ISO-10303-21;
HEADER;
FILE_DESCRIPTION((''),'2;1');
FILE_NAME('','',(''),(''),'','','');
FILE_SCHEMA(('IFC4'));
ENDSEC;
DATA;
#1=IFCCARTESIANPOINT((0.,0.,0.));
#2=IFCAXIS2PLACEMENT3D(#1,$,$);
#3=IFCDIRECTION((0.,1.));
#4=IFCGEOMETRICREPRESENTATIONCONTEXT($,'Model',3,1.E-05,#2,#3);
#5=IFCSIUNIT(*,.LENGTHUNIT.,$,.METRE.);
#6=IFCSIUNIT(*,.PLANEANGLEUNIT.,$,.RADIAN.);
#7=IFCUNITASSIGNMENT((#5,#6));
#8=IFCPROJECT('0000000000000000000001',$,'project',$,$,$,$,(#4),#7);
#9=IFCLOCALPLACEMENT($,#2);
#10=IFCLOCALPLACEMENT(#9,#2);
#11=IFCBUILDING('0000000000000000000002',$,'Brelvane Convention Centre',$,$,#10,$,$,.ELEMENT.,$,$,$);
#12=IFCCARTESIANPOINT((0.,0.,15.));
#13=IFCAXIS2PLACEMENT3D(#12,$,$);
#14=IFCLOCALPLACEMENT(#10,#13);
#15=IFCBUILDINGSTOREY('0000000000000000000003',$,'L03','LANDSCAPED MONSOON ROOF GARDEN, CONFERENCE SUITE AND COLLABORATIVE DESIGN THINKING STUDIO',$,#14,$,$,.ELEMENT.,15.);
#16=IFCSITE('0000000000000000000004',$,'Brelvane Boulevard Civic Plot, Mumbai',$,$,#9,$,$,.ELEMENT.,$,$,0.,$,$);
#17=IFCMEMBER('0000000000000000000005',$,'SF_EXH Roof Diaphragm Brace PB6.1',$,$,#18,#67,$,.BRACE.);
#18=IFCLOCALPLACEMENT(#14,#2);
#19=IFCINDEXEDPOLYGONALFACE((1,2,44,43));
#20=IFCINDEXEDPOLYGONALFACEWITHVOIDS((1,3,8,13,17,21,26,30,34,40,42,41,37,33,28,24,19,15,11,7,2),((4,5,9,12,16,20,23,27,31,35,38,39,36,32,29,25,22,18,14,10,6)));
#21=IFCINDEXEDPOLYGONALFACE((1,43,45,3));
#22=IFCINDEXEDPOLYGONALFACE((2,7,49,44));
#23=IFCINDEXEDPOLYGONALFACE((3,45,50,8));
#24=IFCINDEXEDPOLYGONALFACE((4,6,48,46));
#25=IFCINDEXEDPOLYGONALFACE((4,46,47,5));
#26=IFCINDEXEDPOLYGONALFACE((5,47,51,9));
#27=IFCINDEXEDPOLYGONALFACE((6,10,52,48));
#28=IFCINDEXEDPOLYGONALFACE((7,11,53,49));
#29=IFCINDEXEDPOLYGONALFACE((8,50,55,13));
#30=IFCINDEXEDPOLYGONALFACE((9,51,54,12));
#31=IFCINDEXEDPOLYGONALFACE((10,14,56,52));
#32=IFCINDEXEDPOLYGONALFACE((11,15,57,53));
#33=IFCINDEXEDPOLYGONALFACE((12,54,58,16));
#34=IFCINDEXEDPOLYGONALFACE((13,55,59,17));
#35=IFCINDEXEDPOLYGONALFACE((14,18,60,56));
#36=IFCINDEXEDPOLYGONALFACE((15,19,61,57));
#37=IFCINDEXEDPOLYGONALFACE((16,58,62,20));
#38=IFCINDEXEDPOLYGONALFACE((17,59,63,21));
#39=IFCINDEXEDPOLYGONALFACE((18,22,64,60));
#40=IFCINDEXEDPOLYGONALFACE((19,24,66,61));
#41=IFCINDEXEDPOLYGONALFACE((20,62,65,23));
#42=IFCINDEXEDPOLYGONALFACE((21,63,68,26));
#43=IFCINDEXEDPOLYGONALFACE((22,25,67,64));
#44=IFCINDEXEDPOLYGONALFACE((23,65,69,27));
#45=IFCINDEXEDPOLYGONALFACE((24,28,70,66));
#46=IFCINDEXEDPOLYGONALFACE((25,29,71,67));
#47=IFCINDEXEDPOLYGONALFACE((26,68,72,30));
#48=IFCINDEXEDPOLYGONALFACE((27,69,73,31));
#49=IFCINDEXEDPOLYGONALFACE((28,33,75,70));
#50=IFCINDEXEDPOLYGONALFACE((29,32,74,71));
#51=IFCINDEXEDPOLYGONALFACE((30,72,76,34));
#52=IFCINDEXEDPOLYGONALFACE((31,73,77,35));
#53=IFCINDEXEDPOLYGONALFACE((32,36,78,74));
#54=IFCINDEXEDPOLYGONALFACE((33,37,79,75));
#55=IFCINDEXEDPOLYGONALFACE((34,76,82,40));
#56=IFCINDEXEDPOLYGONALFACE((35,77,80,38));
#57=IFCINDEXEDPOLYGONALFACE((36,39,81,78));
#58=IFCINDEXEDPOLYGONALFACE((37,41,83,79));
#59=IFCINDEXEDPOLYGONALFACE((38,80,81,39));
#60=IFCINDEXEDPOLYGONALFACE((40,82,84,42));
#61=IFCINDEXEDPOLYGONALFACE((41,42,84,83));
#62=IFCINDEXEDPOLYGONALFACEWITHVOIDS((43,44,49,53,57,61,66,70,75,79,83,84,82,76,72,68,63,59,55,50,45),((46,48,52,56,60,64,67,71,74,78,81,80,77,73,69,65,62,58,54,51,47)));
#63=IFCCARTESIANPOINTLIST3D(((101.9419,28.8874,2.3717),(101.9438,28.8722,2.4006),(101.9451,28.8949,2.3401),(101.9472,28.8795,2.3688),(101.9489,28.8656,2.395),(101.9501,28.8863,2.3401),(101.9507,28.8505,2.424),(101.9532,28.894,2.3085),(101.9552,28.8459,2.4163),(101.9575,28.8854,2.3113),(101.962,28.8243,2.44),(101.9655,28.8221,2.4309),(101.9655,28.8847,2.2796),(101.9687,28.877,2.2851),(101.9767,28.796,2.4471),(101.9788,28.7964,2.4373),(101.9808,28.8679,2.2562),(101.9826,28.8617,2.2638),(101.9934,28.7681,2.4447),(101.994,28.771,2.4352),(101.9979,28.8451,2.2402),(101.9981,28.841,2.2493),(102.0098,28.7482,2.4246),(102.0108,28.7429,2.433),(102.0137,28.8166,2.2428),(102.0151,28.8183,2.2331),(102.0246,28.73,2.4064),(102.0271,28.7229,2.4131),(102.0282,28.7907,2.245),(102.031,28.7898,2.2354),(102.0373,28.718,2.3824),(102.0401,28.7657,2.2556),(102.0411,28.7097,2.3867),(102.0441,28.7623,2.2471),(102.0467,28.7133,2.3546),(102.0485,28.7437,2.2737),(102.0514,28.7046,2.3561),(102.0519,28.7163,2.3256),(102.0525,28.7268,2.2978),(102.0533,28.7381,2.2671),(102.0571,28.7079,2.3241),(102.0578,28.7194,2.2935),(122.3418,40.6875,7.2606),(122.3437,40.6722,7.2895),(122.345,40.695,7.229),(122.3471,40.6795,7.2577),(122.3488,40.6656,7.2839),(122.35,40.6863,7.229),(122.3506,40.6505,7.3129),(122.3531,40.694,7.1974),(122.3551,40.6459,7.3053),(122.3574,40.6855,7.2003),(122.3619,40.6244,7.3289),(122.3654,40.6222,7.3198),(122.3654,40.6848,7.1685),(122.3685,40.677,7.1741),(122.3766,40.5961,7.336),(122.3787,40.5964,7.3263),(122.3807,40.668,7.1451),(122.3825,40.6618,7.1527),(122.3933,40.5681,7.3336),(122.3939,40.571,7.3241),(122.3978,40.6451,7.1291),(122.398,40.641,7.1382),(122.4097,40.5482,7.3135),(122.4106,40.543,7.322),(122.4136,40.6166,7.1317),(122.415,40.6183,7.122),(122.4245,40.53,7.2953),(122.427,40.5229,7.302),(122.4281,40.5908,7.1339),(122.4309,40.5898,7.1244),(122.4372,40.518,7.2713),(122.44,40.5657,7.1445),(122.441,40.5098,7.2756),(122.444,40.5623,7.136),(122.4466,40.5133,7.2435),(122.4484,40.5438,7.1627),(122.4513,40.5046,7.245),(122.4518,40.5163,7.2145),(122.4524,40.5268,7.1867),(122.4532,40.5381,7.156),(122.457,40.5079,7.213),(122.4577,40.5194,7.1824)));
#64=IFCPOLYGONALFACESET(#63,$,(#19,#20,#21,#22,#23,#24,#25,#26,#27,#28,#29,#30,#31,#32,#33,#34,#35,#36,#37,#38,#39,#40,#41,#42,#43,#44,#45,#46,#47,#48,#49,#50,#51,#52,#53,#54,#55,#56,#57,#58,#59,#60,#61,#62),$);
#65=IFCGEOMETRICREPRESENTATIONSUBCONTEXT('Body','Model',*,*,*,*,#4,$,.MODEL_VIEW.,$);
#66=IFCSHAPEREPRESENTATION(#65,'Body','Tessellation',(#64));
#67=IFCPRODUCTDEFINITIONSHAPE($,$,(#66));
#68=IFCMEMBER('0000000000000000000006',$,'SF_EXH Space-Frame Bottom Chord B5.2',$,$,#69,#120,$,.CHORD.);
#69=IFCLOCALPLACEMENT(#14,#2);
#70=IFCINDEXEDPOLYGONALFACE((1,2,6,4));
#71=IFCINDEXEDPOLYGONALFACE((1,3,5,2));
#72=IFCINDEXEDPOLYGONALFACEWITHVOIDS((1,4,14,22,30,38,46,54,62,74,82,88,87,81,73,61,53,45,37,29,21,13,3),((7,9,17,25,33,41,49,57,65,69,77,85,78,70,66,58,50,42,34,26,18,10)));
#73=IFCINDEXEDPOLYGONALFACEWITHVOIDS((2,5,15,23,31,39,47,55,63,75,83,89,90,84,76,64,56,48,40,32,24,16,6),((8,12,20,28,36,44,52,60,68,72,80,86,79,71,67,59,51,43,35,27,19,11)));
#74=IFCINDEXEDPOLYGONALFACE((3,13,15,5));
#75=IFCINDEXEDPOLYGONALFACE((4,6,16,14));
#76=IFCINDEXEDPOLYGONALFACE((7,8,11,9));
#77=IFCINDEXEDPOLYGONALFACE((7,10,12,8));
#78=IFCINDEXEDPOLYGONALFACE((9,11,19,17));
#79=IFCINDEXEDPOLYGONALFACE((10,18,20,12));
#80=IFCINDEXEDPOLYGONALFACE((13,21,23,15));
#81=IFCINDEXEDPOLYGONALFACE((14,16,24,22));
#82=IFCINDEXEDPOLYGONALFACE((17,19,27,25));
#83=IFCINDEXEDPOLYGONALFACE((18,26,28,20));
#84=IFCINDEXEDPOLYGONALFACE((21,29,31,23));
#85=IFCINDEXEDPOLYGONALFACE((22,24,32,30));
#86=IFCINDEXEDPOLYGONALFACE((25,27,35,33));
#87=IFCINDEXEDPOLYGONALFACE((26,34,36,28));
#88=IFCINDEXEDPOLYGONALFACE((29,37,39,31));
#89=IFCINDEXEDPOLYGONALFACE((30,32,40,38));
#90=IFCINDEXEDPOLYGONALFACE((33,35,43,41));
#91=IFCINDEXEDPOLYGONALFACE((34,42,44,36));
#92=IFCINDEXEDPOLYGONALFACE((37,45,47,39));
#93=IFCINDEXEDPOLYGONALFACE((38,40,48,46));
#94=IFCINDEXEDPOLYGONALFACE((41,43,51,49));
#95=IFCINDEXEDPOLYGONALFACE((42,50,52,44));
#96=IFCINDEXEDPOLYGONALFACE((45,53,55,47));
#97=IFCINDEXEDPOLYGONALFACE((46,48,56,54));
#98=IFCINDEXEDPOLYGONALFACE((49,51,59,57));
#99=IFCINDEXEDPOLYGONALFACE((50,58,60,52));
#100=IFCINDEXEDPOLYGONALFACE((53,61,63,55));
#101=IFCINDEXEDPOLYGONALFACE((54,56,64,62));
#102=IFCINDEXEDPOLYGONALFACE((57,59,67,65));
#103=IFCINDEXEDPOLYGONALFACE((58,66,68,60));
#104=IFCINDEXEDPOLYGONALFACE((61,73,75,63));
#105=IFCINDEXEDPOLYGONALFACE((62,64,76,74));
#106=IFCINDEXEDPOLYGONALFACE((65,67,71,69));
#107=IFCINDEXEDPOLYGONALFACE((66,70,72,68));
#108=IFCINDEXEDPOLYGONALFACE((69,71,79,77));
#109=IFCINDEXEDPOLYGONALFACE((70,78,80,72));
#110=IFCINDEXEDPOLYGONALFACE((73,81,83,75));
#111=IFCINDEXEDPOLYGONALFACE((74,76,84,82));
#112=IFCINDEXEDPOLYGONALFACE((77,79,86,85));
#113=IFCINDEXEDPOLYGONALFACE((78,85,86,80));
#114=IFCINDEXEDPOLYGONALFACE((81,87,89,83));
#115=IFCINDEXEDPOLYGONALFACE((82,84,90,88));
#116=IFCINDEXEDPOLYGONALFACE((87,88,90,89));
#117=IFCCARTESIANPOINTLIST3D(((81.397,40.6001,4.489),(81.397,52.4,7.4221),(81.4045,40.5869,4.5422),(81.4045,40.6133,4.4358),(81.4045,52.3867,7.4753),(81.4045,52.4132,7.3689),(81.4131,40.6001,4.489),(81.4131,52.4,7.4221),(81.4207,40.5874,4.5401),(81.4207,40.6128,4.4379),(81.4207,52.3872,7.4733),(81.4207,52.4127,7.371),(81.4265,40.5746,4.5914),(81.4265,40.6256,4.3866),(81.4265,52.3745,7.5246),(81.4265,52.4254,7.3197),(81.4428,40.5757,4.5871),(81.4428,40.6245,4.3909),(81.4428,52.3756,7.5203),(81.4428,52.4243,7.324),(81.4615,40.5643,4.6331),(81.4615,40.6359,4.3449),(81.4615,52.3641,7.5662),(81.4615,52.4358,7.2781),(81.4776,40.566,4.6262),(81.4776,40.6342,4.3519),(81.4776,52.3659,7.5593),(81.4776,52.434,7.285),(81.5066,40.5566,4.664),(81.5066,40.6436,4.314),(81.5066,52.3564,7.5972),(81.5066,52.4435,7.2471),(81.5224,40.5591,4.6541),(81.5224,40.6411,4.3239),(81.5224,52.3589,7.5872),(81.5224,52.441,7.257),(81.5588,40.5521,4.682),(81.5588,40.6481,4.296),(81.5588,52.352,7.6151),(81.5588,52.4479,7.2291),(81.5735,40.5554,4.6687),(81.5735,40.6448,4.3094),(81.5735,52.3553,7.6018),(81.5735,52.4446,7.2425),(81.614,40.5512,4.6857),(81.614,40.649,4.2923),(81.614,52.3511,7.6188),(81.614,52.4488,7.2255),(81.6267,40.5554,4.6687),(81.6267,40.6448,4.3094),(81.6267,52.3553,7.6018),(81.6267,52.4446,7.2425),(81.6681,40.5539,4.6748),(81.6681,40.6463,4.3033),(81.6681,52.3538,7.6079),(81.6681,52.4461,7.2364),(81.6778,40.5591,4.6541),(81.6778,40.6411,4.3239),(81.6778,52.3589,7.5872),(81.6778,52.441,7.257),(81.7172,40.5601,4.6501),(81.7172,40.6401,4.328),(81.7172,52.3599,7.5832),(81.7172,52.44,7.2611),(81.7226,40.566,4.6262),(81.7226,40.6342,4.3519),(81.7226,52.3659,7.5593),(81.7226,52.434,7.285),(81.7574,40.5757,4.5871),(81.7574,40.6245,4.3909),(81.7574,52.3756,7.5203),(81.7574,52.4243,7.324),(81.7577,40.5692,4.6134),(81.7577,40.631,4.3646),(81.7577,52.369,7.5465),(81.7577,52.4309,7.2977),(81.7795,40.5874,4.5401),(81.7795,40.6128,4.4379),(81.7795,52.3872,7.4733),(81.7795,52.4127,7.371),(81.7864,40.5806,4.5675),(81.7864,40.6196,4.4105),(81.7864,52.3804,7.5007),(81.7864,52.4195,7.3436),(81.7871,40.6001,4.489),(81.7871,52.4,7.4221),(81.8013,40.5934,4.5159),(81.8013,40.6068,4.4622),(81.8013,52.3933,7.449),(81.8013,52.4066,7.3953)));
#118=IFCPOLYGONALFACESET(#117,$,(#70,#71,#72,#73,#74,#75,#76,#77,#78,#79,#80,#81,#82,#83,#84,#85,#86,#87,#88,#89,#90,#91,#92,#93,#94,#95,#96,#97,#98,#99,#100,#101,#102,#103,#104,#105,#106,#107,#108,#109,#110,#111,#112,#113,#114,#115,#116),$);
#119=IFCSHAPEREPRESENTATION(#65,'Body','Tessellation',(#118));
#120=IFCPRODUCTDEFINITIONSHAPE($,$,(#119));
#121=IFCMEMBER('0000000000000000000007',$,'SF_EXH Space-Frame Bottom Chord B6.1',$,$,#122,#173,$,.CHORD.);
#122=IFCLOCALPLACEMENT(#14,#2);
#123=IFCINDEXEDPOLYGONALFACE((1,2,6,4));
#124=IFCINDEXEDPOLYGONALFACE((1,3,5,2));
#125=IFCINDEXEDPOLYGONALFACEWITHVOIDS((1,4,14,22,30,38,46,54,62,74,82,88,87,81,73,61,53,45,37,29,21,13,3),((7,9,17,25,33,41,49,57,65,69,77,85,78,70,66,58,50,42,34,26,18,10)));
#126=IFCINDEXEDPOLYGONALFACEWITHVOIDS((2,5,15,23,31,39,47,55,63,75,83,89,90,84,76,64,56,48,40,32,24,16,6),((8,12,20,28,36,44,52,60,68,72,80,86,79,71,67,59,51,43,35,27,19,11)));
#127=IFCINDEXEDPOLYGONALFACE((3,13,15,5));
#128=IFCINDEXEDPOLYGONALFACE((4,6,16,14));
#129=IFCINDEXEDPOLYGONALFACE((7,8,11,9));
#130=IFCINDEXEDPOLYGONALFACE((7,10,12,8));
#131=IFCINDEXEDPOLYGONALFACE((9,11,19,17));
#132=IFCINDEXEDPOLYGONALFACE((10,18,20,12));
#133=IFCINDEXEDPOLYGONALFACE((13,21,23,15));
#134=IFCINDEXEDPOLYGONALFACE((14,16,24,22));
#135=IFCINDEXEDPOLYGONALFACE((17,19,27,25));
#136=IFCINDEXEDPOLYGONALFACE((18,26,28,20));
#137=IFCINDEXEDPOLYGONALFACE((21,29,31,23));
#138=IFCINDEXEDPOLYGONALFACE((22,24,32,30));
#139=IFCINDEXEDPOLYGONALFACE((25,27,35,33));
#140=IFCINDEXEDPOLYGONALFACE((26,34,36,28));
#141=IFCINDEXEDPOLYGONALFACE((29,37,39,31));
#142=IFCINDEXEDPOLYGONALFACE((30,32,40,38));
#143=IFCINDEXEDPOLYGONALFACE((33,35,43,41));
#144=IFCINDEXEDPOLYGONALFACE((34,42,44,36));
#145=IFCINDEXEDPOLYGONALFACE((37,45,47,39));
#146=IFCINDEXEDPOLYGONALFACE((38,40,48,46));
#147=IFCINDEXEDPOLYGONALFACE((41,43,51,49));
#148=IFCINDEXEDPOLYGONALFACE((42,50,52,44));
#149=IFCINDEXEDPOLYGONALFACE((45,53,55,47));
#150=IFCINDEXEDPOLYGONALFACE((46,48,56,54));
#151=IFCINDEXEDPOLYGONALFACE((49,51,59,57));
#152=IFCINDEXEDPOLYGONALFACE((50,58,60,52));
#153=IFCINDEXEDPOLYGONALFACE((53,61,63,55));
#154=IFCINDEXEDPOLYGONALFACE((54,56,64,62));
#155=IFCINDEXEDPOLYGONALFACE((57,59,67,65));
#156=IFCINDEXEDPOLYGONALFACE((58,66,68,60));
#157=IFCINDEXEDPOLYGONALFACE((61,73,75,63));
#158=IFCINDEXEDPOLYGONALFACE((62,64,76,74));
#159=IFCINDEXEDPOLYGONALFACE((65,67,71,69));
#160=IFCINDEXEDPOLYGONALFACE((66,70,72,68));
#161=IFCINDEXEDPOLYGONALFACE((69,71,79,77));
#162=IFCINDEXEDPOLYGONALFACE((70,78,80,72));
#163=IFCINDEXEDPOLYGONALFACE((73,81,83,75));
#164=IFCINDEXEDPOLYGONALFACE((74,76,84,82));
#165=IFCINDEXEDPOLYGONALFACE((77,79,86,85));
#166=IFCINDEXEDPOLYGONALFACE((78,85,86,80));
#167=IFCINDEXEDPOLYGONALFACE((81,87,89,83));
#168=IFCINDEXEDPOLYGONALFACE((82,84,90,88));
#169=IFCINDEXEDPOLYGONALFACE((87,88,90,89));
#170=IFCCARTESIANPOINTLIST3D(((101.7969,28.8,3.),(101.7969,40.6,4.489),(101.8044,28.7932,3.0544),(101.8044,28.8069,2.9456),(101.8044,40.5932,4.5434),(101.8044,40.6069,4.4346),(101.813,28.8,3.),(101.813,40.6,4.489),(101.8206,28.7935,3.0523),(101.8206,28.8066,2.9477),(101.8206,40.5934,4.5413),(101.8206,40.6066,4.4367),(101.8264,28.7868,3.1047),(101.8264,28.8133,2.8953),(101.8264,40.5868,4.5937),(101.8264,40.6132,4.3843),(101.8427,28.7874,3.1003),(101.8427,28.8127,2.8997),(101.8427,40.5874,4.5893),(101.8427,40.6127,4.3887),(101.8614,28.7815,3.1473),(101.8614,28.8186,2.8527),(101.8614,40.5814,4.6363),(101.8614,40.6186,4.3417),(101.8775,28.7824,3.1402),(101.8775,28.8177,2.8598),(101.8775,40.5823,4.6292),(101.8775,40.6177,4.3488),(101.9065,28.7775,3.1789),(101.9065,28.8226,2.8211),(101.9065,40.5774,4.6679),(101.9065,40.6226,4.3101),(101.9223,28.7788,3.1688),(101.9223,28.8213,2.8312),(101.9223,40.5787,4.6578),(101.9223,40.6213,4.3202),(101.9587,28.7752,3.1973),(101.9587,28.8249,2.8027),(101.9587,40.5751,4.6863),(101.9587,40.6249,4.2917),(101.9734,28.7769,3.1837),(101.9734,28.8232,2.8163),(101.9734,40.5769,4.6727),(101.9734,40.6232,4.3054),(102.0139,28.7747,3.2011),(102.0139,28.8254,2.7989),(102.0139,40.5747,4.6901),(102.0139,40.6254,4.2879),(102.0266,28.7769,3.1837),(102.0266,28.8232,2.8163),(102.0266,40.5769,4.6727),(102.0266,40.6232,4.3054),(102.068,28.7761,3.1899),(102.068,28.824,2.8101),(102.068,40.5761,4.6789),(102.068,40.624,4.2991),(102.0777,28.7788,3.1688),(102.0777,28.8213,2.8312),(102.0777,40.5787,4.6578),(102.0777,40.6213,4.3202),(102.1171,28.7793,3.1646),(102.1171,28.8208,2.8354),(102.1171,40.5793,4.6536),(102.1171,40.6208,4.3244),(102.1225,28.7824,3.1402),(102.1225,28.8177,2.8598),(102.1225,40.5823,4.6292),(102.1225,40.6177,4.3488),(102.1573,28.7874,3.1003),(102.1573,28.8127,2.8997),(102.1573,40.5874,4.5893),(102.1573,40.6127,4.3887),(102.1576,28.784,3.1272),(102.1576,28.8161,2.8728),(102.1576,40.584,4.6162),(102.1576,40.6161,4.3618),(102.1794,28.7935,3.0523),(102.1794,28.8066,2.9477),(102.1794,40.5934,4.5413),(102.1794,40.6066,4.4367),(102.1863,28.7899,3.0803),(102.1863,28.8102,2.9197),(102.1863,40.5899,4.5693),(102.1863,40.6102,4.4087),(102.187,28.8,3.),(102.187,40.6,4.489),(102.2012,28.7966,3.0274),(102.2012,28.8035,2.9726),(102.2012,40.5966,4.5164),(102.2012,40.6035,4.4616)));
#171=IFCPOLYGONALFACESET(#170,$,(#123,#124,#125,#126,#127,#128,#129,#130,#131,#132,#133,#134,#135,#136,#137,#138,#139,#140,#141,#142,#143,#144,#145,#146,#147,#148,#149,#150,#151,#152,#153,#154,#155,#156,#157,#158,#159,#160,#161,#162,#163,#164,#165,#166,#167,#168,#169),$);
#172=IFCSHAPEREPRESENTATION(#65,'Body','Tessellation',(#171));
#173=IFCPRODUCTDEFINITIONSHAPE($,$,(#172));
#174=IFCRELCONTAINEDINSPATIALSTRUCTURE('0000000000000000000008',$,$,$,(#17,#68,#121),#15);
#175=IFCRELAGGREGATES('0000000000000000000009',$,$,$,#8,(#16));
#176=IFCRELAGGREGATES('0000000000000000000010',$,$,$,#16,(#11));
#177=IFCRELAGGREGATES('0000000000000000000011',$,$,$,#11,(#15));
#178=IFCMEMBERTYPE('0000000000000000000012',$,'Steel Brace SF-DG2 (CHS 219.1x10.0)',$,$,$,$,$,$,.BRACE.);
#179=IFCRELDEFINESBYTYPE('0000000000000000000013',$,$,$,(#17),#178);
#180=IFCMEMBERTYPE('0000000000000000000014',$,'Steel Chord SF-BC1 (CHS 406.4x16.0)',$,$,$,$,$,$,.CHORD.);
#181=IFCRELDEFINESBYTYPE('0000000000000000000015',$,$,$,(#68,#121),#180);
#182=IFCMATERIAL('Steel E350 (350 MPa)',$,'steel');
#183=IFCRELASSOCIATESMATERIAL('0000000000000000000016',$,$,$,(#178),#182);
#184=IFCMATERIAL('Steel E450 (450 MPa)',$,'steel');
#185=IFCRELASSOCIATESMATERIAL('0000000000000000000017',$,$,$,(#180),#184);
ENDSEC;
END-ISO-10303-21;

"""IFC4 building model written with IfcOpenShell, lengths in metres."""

from ifc_helpers import new_model, si_unit, direction, frame, origin, origin_2d, place, context, subcontext, project, spatial, hollow_circle, extrude, material, material_profile, profile_set, type_object, element, save


model = new_model("IFC4")

# Units and contexts
model_context = context("Model", 3, precision=1e-05, world=origin(), true_north=direction((0.0, 1.0)))
body_context = subcontext(model_context, "Body", "Model", "MODEL_VIEW")
ifc_project = project(units=[si_unit("LENGTHUNIT", "METRE"), si_unit("PLANEANGLEUNIT", "RADIAN")], contexts=[model_context])

# Site, building, storey
site_placement = place(None, origin())
site = spatial("IfcSite", under=ifc_project, at=site_placement, Name="Brelvane Boulevard Civic Plot, Mumbai", CompositionType="ELEMENT", RefElevation=0.0)
building_placement = place(site_placement, origin())
building = spatial("IfcBuilding", under=site, at=building_placement, Name="Brelvane Convention Centre", CompositionType="ELEMENT")
storey_placement = place(building_placement, frame((0.0, 0.0, 15.0)))
storey = spatial("IfcBuildingStorey", under=building, at=storey_placement, Name="L03", Description="LANDSCAPED MONSOON ROOF GARDEN, CONFERENCE SUITE AND COLLABORATIVE DESIGN THINKING STUDIO", CompositionType="ELEMENT", Elevation=15.0)

# Members
ifc_material_1 = material(Name="Steel E350 (350 MPa)", Category="steel")
ifc_material_profile_1 = material_profile(ifc_material_1, hollow_circle(Radius=0.1096, WallThickness=0.01, at=origin_2d()), Name="CHS 219.1x10.0")
ifc_profile_set_1 = profile_set([ifc_material_profile_1], Name="Steel E350 (350 MPa)")
member_type_1 = type_object("IfcMemberType", Name="Steel Brace SF-DG2 (CHS 219.1x10.0)", PredefinedType="BRACE", material=ifc_profile_set_1)
member_1_placement = place(storey_placement, frame((102.0, 28.8, 2.3401), z_axis=(0.847572, 0.490267, 0.203124), x_axis=(-0.500705, 0.865618, 0.0)))
element("IfcMember", 1, at=member_1_placement, inside=storey, type_object=member_type_1, Name="SF_EXH Roof Diaphragm Brace PB6.1", PredefinedType="BRACE", context=body_context, shape_type="SweptSolid", body=[
    extrude(hollow_circle(Radius=0.1096, WallThickness=0.01, at=origin_2d()), origin(), (0.0, 0.0, 1.0), 24.0686),
])
ifc_material_2 = material(Name="Steel E450 (450 MPa)", Category="steel")
ifc_material_profile_2 = material_profile(ifc_material_2, hollow_circle(Radius=0.2031, WallThickness=0.0161, at=origin_2d()), Name="CHS 406.4x16.0")
ifc_profile_set_2 = profile_set([ifc_material_profile_2], Name="Steel E450 (450 MPa)")
member_type_2 = type_object("IfcMemberType", Name="Steel Chord SF-BC1 (CHS 406.4x16.0)", PredefinedType="CHORD", material=ifc_profile_set_2)
member_2_placement = place(storey_placement, frame((81.6001, 40.6001, 4.489), z_axis=(0.0, 0.970468, 0.241231), x_axis=(-1.0, 0.0, 0.0)))
element("IfcMember", 2, at=member_2_placement, inside=storey, type_object=member_type_2, Name="SF_EXH Space-Frame Bottom Chord B5.2", PredefinedType="CHORD", context=body_context, shape_type="SweptSolid", body=[
    extrude(hollow_circle(Radius=0.2031, WallThickness=0.0161, at=origin_2d()), origin(), (0.0, 0.0, 1.0), 12.1589),
])
member_3_placement = place(storey_placement, frame((102.0, 28.8, 3.0), z_axis=(0.0, 0.992132, 0.125194), x_axis=(-1.0, 0.0, 0.0)))
element("IfcMember", 3, at=member_3_placement, inside=storey, type_object=member_type_2, Name="SF_EXH Space-Frame Bottom Chord B6.1", PredefinedType="CHORD", context=body_context, shape_type="SweptSolid", body=[
    extrude(hollow_circle(Radius=0.2031, WallThickness=0.0161, at=origin_2d()), origin(), (0.0, 0.0, 1.0), 11.8936),
])

save(model, "model.ifc")
